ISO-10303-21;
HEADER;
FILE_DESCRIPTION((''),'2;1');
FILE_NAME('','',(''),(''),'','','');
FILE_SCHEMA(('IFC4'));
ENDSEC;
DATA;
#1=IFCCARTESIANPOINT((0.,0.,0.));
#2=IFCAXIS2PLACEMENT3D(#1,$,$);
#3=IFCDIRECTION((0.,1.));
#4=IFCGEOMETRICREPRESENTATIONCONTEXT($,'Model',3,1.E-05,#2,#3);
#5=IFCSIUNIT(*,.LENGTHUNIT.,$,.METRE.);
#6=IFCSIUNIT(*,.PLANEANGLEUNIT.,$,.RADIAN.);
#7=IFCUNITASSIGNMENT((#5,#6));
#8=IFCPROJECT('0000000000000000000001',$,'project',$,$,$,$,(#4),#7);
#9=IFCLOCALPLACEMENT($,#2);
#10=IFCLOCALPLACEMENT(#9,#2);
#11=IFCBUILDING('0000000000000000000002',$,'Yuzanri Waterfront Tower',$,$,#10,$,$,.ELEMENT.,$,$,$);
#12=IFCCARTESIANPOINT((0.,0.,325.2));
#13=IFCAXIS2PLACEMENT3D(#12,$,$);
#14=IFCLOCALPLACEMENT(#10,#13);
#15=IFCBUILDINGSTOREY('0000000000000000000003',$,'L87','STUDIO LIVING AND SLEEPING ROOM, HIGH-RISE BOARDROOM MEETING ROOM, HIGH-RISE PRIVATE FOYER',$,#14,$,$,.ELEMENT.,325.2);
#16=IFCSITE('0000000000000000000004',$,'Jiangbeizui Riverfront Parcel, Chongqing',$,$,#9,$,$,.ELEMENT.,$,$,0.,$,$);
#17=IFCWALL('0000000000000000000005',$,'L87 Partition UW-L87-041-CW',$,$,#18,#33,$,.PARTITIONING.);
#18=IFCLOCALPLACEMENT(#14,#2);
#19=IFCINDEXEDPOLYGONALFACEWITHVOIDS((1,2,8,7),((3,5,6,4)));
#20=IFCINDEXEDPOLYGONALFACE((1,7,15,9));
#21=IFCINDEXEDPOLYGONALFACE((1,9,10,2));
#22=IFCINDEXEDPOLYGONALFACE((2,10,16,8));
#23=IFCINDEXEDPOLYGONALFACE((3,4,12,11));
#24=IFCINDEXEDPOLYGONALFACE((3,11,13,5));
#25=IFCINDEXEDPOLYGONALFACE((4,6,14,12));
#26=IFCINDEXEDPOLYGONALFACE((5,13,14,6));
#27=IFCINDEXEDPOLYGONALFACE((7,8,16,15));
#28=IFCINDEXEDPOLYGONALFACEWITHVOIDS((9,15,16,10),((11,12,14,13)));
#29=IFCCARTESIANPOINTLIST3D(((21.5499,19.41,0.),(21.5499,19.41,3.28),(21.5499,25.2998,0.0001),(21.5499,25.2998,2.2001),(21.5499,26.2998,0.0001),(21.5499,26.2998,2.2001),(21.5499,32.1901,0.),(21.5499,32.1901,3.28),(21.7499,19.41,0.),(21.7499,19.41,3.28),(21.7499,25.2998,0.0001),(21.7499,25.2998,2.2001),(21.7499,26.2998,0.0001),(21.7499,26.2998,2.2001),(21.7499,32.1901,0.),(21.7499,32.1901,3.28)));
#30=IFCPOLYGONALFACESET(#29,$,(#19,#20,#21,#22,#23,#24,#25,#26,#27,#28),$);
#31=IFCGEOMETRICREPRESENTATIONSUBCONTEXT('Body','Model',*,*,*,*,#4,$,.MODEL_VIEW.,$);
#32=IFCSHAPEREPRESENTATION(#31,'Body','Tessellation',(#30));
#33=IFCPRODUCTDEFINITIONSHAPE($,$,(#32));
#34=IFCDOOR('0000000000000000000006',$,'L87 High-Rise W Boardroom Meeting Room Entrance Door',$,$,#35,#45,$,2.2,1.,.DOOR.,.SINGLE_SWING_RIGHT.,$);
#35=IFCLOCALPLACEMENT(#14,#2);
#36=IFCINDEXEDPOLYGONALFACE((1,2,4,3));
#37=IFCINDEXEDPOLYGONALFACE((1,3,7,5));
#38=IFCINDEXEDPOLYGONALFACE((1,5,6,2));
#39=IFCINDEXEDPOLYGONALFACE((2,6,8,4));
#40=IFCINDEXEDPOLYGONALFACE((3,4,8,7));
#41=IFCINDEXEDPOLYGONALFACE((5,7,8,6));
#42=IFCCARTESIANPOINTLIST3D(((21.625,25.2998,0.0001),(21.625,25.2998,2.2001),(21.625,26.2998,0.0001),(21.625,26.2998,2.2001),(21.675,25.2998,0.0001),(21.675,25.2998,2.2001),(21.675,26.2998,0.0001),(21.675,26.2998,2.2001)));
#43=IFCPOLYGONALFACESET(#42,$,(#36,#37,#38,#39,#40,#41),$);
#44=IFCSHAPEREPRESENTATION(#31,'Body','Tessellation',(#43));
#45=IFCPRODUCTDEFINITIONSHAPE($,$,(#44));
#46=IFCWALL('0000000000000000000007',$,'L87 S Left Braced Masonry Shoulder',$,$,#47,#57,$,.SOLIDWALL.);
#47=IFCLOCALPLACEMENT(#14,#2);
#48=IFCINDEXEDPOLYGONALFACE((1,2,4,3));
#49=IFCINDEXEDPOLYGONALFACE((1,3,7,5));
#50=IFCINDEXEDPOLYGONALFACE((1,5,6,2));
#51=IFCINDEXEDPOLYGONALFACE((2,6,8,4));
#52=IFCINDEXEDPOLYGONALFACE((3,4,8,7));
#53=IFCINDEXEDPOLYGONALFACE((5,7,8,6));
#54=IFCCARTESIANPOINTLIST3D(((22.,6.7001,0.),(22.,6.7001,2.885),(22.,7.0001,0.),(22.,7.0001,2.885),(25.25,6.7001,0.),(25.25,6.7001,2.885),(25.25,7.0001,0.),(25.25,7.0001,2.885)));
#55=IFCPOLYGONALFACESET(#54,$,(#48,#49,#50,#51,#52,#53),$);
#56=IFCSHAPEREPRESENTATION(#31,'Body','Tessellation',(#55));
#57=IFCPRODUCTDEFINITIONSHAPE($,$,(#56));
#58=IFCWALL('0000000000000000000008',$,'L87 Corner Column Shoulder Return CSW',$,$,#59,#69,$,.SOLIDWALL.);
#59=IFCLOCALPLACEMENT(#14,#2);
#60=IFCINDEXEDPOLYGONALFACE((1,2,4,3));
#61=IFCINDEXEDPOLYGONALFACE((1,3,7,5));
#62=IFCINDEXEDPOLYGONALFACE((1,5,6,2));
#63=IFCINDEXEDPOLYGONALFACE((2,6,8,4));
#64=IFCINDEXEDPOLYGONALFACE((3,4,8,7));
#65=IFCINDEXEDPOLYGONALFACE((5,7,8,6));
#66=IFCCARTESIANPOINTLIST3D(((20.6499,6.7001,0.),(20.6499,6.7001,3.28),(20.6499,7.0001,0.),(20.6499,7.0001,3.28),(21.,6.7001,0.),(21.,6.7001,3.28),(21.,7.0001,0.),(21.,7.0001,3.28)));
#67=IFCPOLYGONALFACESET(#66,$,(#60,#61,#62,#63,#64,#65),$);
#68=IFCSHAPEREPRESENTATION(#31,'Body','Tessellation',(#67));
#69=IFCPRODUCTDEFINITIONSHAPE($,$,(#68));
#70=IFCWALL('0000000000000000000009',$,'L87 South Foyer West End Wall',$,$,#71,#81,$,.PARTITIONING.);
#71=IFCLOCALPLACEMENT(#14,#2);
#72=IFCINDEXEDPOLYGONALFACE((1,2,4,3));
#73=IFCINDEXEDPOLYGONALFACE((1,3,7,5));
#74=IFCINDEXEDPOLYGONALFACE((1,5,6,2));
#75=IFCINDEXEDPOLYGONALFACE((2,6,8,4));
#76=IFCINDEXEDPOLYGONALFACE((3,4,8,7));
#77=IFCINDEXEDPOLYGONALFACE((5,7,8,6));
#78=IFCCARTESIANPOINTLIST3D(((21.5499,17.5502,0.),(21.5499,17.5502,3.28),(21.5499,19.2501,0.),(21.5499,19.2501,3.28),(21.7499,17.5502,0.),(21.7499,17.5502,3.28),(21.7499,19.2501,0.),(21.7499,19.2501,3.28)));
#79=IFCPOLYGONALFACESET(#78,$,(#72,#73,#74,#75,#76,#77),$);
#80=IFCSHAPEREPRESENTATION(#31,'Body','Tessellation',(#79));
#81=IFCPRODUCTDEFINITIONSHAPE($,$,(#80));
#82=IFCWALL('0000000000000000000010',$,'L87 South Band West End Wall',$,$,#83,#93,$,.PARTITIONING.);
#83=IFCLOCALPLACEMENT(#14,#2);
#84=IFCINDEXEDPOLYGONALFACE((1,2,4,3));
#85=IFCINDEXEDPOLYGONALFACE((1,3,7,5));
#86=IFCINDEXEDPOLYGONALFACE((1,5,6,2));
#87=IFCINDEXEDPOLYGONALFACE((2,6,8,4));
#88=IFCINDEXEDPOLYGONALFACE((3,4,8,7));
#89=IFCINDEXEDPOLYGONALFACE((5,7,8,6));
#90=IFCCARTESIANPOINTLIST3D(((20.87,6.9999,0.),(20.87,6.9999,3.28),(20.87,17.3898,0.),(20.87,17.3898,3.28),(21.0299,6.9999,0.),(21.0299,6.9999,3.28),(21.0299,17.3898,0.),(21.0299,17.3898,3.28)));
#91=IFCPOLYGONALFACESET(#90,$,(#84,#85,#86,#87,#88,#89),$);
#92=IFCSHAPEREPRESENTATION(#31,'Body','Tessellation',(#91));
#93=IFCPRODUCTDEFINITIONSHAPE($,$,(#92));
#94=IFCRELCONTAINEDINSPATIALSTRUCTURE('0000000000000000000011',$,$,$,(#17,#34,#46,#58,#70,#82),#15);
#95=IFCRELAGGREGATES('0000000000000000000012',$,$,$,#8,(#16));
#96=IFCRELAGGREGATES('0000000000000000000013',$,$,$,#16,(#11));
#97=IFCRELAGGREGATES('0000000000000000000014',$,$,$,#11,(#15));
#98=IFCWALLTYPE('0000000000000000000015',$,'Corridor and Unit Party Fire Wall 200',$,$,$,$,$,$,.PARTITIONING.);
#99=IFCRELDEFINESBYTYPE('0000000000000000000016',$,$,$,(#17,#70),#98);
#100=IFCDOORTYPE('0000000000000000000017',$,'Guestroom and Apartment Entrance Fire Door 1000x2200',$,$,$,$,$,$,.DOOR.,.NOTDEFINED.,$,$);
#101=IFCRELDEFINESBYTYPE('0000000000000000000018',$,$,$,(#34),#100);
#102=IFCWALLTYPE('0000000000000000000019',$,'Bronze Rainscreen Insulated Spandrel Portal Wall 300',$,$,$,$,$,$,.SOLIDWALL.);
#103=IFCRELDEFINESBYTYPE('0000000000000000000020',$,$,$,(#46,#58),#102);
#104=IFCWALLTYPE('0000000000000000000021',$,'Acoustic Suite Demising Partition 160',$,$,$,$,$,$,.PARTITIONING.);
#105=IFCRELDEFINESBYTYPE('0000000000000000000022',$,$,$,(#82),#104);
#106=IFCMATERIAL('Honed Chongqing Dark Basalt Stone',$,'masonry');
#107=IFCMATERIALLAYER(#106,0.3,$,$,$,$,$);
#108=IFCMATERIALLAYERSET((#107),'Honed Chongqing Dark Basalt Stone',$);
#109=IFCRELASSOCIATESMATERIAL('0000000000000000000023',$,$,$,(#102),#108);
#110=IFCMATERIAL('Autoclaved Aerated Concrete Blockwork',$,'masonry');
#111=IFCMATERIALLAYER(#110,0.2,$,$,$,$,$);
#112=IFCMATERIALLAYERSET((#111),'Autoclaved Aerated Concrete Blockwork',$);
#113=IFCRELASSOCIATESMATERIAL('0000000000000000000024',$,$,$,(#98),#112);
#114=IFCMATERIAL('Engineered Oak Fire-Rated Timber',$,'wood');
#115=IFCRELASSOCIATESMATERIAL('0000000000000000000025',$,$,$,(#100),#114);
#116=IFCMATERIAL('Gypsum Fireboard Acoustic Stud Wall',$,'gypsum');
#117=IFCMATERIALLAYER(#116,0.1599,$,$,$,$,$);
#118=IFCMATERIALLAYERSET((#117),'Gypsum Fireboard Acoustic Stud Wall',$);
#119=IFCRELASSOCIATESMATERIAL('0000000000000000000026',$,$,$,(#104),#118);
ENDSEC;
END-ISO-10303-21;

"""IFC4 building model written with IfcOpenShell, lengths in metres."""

from ifc_helpers import new_model, si_unit, direction, frame, frame_2d, origin, place, context, subcontext, project, spatial, rectangle, extrude, source, transform, mapped, material, layer, layer_set, type_object, element, fill, save


model = new_model("IFC4")

# Units and contexts
model_context = context("Model", 3, precision=1e-05, world=origin(), true_north=direction((0.0, 1.0)))
body_context = subcontext(model_context, "Body", "Model", "MODEL_VIEW")
ifc_project = project(units=[si_unit("LENGTHUNIT", "METRE"), si_unit("PLANEANGLEUNIT", "RADIAN")], contexts=[model_context])

# Site, building, storey
site_placement = place(None, origin())
site = spatial("IfcSite", under=ifc_project, at=site_placement, Name="Jiangbeizui Riverfront Parcel, Chongqing", CompositionType="ELEMENT", RefElevation=0.0)
building_placement = place(site_placement, origin())
building = spatial("IfcBuilding", under=site, at=building_placement, Name="Yuzanri Waterfront Tower", CompositionType="ELEMENT")
storey_placement = place(building_placement, frame((0.0, 0.0, 325.2)))
storey = spatial("IfcBuildingStorey", under=building, at=storey_placement, Name="L87", Description="STUDIO LIVING AND SLEEPING ROOM, HIGH-RISE BOARDROOM MEETING ROOM, HIGH-RISE PRIVATE FOYER", CompositionType="ELEMENT", Elevation=325.2)

# Shared definitions
ifc_material_1 = material(Name="Honed Chongqing Dark Basalt Stone", Category="masonry")
ifc_layer_1 = layer(ifc_material_1, 0.3)
ifc_layer_set_1 = layer_set([ifc_layer_1], Name="Honed Chongqing Dark Basalt Stone")
wall_type_1 = type_object("IfcWallType", Name="Bronze Rainscreen Insulated Spandrel Portal Wall 300", PredefinedType="SOLIDWALL", material=ifc_layer_set_1)

# Wall, opening, door
ifc_material_2 = material(Name="Autoclaved Aerated Concrete Blockwork", Category="masonry")
ifc_layer_2 = layer(ifc_material_2, 0.2)
ifc_layer_set_2 = layer_set([ifc_layer_2], Name="Autoclaved Aerated Concrete Blockwork")
wall_type_2 = type_object("IfcWallType", Name="Corridor and Unit Party Fire Wall 200", PredefinedType="PARTITIONING", material=ifc_layer_set_2)
ifc_material_3 = material(Name="Engineered Oak Fire-Rated Timber", Category="wood")
door_type_1 = type_object("IfcDoorType", Name="Guestroom and Apartment Entrance Fire Door 1000x2200", OperationType="NOTDEFINED", PredefinedType="DOOR", material=ifc_material_3)
shared_shape_1 = source(origin(), body_context, "Body", "SweptSolid", [
    extrude(rectangle(XDim=1.0, YDim=2.2, at=frame_2d((0.5, 1.1001))), frame((0.0, 0.0249, 0.0), z_axis=(0.0, -1.0, 0.0), x_axis=(1.0, 0.0, 0.0)), (0.0, 0.0, 1.0), 0.05),
])
wall_1_placement = place(storey_placement, frame((21.6499, 19.4099, 0.0), z_axis=(0.0, 0.0, 1.0), x_axis=(0.0, 1.0, 0.0)))
wall_1 = element("IfcWall", 1, at=wall_1_placement, inside=storey, type_object=wall_type_2, Name="L87 Partition UW-L87-041-CW", PredefinedType="PARTITIONING", context=body_context, shape_type="SweptSolid", body=[
    extrude(rectangle(XDim=12.78, YDim=0.2, at=frame_2d((6.3901, 0.0))), origin(), (0.0, 0.0, 1.0), 3.28),
])
opening_1_placement = place(wall_1_placement, frame((5.8899, 0.0, 0.0)))
opening_1 = element("IfcOpeningElement", 2, at=opening_1_placement, cuts=wall_1, PredefinedType="OPENING", context=body_context, shape_type="SweptSolid", body=[
    extrude(rectangle(XDim=1.0, YDim=2.2, at=frame_2d((0.5, 1.1001))), frame((0.0, 0.1147, 0.0), z_axis=(0.0, -1.0, 0.0), x_axis=(1.0, 0.0, 0.0)), (0.0, 0.0, 1.0), 0.2297),
])
door_1_placement = place(opening_1_placement, origin())
door_1 = element("IfcDoor", 3, at=door_1_placement, inside=storey, type_object=door_type_1, Name="L87 High-Rise W Boardroom Meeting Room Entrance Door", OperationType="SINGLE_SWING_RIGHT", OverallHeight=2.2, OverallWidth=1.0, PredefinedType="DOOR", context=body_context, shape_type="MappedRepresentation", body=[
    mapped(shared_shape_1, transform((0.0, 0.0, 0.0), scale=1.0)),
])
fill(opening_1, door_1)

# Walls
shared_shape_2 = source(origin(), body_context, "Body", "SweptSolid", [
    extrude(rectangle(XDim=3.25, YDim=0.3, at=frame_2d((1.625, 0.0))), origin(), (0.0, 0.0, 1.0), 2.885),
])
wall_2_placement = place(storey_placement, frame((22.0, 6.8501, 0.0), z_axis=(0.0, 0.0, 1.0), x_axis=(1.0, 0.0, 0.0)))
element("IfcWall", 4, at=wall_2_placement, inside=storey, type_object=wall_type_1, Name="L87 S Left Braced Masonry Shoulder", PredefinedType="SOLIDWALL", context=body_context, shape_type="MappedRepresentation", body=[
    mapped(shared_shape_2, transform((0.0, 0.0, 0.0), scale=1.0)),
])
shared_shape_3 = source(origin(), body_context, "Body", "SweptSolid", [
    extrude(rectangle(XDim=0.3501, YDim=0.3, at=frame_2d((0.175, 0.0))), origin(), (0.0, 0.0, 1.0), 3.28),
])
wall_3_placement = place(storey_placement, frame((20.6499, 6.8501, 0.0), z_axis=(0.0, 0.0, 1.0), x_axis=(1.0, 0.0, 0.0)))
element("IfcWall", 5, at=wall_3_placement, inside=storey, type_object=wall_type_1, Name="L87 Corner Column Shoulder Return CSW", PredefinedType="SOLIDWALL", context=body_context, shape_type="MappedRepresentation", body=[
    mapped(shared_shape_3, transform((0.0, 0.0, 0.0), scale=1.0)),
])
shared_shape_4 = source(origin(), body_context, "Body", "SweptSolid", [
    extrude(rectangle(XDim=1.7, YDim=0.2, at=frame_2d((0.8501, 0.0))), origin(), (0.0, 0.0, 1.0), 3.28),
])
wall_4_placement = place(storey_placement, frame((21.6499, 17.55, 0.0), z_axis=(0.0, 0.0, 1.0), x_axis=(0.0, 1.0, 0.0)))
element("IfcWall", 6, at=wall_4_placement, inside=storey, type_object=wall_type_2, Name="L87 South Foyer West End Wall", PredefinedType="PARTITIONING", context=body_context, shape_type="MappedRepresentation", body=[
    mapped(shared_shape_4, transform((0.0, 0.0, 0.0), scale=1.0)),
])
ifc_material_4 = material(Name="Gypsum Fireboard Acoustic Stud Wall", Category="gypsum")
ifc_layer_3 = layer(ifc_material_4, 0.1599)
ifc_layer_set_3 = layer_set([ifc_layer_3], Name="Gypsum Fireboard Acoustic Stud Wall")
wall_type_3 = type_object("IfcWallType", Name="Acoustic Suite Demising Partition 160", PredefinedType="PARTITIONING", material=ifc_layer_set_3)
shared_shape_5 = source(origin(), body_context, "Body", "SweptSolid", [
    extrude(rectangle(XDim=10.3899, YDim=0.1599, at=frame_2d((5.1948, 0.0))), origin(), (0.0, 0.0, 1.0), 3.28),
])
wall_5_placement = place(storey_placement, frame((20.95, 7.0, 0.0), z_axis=(0.0, 0.0, 1.0), x_axis=(0.0, 1.0, 0.0)))
element("IfcWall", 7, at=wall_5_placement, inside=storey, type_object=wall_type_3, Name="L87 South Band West End Wall", PredefinedType="PARTITIONING", context=body_context, shape_type="MappedRepresentation", body=[
    mapped(shared_shape_5, transform((0.0, 0.0, 0.0), scale=1.0)),
])

save(model, "model.ifc")
